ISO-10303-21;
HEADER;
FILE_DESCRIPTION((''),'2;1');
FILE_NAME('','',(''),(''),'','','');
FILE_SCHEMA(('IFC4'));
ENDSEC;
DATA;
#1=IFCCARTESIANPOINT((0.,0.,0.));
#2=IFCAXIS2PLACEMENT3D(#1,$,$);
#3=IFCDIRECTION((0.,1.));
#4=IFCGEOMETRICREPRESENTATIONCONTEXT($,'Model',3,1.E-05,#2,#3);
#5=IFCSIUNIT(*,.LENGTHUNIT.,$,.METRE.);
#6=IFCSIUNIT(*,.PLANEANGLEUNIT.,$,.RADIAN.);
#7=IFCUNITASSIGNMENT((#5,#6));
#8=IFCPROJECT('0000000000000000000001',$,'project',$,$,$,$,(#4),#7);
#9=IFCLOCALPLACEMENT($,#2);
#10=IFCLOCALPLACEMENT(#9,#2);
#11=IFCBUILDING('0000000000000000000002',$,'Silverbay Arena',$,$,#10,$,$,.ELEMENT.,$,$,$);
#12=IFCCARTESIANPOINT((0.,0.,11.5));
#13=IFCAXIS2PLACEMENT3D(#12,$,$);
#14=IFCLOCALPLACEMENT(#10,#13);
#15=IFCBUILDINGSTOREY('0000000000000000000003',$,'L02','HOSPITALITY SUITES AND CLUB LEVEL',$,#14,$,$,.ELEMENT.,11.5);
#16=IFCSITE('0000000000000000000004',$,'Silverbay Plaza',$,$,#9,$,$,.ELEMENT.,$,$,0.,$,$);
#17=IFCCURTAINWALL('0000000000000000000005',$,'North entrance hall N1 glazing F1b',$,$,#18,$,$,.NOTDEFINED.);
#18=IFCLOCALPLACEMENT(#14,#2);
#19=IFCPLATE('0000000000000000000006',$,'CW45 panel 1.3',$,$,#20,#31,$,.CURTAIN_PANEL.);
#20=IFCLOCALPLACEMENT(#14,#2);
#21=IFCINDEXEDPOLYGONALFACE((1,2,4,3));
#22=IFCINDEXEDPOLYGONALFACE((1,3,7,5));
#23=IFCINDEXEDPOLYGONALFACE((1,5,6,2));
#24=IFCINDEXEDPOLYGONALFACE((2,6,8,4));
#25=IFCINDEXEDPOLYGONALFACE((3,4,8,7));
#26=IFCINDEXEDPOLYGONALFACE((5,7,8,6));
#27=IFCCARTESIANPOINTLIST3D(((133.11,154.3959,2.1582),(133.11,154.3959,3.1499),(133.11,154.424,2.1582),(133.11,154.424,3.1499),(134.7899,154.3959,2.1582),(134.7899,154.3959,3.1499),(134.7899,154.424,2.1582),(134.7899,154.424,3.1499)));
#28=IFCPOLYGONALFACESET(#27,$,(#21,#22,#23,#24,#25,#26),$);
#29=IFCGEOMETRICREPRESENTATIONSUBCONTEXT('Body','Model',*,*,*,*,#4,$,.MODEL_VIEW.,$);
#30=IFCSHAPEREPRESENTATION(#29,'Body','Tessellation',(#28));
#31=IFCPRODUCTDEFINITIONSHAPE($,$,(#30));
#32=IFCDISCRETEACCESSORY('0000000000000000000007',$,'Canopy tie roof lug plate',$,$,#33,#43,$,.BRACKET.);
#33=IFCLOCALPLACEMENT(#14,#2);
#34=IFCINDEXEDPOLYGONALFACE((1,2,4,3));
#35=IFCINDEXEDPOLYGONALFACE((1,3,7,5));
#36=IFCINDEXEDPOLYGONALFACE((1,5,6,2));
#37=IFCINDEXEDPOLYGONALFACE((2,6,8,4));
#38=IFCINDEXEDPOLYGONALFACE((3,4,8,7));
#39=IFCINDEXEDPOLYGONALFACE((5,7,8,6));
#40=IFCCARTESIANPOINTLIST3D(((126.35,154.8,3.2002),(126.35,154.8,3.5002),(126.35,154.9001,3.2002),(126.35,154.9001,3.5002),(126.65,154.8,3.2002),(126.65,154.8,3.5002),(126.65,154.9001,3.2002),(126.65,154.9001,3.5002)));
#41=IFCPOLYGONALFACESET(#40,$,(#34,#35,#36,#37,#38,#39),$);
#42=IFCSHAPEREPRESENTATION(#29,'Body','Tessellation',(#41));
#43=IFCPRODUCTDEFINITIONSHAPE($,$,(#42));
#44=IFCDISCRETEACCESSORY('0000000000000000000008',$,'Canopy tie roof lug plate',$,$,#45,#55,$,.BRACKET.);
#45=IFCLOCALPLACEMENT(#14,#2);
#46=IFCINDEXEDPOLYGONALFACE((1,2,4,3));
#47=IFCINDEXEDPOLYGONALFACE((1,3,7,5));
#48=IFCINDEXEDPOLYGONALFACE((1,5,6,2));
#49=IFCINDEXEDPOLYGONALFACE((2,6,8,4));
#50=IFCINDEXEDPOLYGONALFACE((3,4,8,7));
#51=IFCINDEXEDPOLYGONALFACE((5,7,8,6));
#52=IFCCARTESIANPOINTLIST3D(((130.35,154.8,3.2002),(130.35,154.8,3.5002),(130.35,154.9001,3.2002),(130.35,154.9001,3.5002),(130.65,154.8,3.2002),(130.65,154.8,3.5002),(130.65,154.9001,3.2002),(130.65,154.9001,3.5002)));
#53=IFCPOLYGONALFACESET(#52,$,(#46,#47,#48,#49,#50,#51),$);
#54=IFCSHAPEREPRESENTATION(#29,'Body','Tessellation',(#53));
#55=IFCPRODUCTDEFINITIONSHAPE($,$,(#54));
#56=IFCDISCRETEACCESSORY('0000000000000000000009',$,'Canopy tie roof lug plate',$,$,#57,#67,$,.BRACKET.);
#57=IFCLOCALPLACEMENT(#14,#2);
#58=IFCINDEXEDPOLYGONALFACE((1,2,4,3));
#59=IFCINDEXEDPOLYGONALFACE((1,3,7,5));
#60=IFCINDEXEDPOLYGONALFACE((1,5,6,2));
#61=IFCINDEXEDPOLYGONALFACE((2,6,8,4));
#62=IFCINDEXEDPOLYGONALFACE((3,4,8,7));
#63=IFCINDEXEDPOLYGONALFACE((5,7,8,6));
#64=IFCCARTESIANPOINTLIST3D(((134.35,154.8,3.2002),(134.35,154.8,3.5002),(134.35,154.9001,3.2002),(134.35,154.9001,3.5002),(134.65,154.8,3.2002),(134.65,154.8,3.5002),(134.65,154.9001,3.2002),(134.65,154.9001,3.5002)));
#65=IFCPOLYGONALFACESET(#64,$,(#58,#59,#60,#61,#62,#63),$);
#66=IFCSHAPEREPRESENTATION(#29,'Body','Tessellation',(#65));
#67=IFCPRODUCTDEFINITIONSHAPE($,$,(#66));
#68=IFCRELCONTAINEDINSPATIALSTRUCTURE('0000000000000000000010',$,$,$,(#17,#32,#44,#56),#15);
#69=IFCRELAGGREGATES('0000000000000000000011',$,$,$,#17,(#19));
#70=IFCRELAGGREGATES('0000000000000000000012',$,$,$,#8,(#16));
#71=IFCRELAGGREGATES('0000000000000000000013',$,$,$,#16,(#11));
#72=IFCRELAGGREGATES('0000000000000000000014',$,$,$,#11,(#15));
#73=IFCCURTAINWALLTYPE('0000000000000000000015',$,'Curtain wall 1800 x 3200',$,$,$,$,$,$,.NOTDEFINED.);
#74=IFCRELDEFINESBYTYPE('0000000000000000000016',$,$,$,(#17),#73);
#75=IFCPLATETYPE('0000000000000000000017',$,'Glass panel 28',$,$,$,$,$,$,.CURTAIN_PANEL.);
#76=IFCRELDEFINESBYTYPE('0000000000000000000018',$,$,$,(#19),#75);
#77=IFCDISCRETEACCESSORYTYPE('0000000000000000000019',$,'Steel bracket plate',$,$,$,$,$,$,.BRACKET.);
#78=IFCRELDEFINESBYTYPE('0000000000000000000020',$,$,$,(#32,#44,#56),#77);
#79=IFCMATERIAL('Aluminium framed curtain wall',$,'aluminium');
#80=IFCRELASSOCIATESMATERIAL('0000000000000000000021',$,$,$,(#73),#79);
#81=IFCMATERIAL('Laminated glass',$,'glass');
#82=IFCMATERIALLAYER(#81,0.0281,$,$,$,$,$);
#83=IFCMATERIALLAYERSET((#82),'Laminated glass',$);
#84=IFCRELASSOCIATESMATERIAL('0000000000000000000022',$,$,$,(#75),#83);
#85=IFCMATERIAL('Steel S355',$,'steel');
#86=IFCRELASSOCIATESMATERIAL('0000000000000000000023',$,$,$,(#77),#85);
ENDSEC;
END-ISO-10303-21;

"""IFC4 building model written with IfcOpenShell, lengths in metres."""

from ifc_helpers import new_model, si_unit, direction, frame, origin, origin_2d, place, context, subcontext, project, spatial, rectangle, extrude, material, layer, layer_set, type_object, element, aggregate, save


model = new_model("IFC4")

# Units and contexts
model_context = context("Model", 3, precision=1e-05, world=origin(), true_north=direction((0.0, 1.0)))
body_context = subcontext(model_context, "Body", "Model", "MODEL_VIEW")
ifc_project = project(units=[si_unit("LENGTHUNIT", "METRE"), si_unit("PLANEANGLEUNIT", "RADIAN")], contexts=[model_context])

# Site, building, storey
site_placement = place(None, origin())
site = spatial("IfcSite", under=ifc_project, at=site_placement, Name="Silverbay Plaza", CompositionType="ELEMENT", RefElevation=0.0)
building_placement = place(site_placement, origin())
building = spatial("IfcBuilding", under=site, at=building_placement, Name="Silverbay Arena", CompositionType="ELEMENT")
storey_placement = place(building_placement, frame((0.0, 0.0, 11.5)))
storey = spatial("IfcBuildingStorey", under=building, at=storey_placement, Name="L02", Description="HOSPITALITY SUITES AND CLUB LEVEL", CompositionType="ELEMENT", Elevation=11.5)

# Curtain wall
ifc_material_1 = material(Name="Aluminium framed curtain wall", Category="aluminium")
curtain_wall_type_1 = type_object("IfcCurtainWallType", Name="Curtain wall 1800 x 3200", PredefinedType="NOTDEFINED", material=ifc_material_1)
curtain_wall_1_placement = place(storey_placement, origin())
curtain_wall_1 = element("IfcCurtainWall", 1, at=curtain_wall_1_placement, inside=storey, type_object=curtain_wall_type_1, Name="North entrance hall N1 glazing F1b", PredefinedType="NOTDEFINED")

# Plate
ifc_material_2 = material(Name="Laminated glass", Category="glass")
ifc_layer = layer(ifc_material_2, 0.0281)
ifc_layer_set = layer_set([ifc_layer], Name="Laminated glass")
plate_type = type_object("IfcPlateType", Name="Glass panel 28", PredefinedType="CURTAIN_PANEL", material=ifc_layer_set)
plate_1_placement = place(storey_placement, frame((133.95, 154.4099, 2.1582), z_axis=(0.0, 0.0, 1.0), x_axis=(1.0, 0.0, 0.0)))
plate_1 = element("IfcPlate", 2, at=plate_1_placement, type_object=plate_type, Name="CW45 panel 1.3", PredefinedType="CURTAIN_PANEL", context=body_context, shape_type="SweptSolid", body=[
    extrude(rectangle(XDim=1.6799, YDim=0.0281, at=origin_2d()), origin(), (0.0, 0.0, 1.0), 0.9917),
])
aggregate(curtain_wall_1, [plate_1])

# Discrete accessories
ifc_material_3 = material(Name="Steel S355", Category="steel")
discrete_accessory_type = type_object("IfcDiscreteAccessoryType", Name="Steel bracket plate", PredefinedType="BRACKET", material=ifc_material_3)
for number, where, z_axis, x_axis, name in (
    (3, (126.5, 154.8501, 3.2002), (0.0, 0.0, 1.0), (1.0, 0.0, 0.0), "Canopy tie roof lug plate"),
    (4, (130.5, 154.8501, 3.2002), (0.0, 0.0, 1.0), (1.0, 0.0, 0.0), "Canopy tie roof lug plate"),
    (5, (134.5, 154.8501, 3.2002), (0.0, 0.0, 1.0), (1.0, 0.0, 0.0), "Canopy tie roof lug plate"),
):
    element("IfcDiscreteAccessory", number, at=place(storey_placement, frame(where, z_axis=z_axis, x_axis=x_axis)), inside=storey, type_object=discrete_accessory_type, Name=name, PredefinedType="BRACKET", context=body_context, shape_type="SweptSolid", body=[
        extrude(rectangle(XDim=0.3, YDim=0.1001, at=origin_2d()), origin(), (0.0, 0.0, 1.0), 0.3),
    ])

save(model, "model.ifc")
